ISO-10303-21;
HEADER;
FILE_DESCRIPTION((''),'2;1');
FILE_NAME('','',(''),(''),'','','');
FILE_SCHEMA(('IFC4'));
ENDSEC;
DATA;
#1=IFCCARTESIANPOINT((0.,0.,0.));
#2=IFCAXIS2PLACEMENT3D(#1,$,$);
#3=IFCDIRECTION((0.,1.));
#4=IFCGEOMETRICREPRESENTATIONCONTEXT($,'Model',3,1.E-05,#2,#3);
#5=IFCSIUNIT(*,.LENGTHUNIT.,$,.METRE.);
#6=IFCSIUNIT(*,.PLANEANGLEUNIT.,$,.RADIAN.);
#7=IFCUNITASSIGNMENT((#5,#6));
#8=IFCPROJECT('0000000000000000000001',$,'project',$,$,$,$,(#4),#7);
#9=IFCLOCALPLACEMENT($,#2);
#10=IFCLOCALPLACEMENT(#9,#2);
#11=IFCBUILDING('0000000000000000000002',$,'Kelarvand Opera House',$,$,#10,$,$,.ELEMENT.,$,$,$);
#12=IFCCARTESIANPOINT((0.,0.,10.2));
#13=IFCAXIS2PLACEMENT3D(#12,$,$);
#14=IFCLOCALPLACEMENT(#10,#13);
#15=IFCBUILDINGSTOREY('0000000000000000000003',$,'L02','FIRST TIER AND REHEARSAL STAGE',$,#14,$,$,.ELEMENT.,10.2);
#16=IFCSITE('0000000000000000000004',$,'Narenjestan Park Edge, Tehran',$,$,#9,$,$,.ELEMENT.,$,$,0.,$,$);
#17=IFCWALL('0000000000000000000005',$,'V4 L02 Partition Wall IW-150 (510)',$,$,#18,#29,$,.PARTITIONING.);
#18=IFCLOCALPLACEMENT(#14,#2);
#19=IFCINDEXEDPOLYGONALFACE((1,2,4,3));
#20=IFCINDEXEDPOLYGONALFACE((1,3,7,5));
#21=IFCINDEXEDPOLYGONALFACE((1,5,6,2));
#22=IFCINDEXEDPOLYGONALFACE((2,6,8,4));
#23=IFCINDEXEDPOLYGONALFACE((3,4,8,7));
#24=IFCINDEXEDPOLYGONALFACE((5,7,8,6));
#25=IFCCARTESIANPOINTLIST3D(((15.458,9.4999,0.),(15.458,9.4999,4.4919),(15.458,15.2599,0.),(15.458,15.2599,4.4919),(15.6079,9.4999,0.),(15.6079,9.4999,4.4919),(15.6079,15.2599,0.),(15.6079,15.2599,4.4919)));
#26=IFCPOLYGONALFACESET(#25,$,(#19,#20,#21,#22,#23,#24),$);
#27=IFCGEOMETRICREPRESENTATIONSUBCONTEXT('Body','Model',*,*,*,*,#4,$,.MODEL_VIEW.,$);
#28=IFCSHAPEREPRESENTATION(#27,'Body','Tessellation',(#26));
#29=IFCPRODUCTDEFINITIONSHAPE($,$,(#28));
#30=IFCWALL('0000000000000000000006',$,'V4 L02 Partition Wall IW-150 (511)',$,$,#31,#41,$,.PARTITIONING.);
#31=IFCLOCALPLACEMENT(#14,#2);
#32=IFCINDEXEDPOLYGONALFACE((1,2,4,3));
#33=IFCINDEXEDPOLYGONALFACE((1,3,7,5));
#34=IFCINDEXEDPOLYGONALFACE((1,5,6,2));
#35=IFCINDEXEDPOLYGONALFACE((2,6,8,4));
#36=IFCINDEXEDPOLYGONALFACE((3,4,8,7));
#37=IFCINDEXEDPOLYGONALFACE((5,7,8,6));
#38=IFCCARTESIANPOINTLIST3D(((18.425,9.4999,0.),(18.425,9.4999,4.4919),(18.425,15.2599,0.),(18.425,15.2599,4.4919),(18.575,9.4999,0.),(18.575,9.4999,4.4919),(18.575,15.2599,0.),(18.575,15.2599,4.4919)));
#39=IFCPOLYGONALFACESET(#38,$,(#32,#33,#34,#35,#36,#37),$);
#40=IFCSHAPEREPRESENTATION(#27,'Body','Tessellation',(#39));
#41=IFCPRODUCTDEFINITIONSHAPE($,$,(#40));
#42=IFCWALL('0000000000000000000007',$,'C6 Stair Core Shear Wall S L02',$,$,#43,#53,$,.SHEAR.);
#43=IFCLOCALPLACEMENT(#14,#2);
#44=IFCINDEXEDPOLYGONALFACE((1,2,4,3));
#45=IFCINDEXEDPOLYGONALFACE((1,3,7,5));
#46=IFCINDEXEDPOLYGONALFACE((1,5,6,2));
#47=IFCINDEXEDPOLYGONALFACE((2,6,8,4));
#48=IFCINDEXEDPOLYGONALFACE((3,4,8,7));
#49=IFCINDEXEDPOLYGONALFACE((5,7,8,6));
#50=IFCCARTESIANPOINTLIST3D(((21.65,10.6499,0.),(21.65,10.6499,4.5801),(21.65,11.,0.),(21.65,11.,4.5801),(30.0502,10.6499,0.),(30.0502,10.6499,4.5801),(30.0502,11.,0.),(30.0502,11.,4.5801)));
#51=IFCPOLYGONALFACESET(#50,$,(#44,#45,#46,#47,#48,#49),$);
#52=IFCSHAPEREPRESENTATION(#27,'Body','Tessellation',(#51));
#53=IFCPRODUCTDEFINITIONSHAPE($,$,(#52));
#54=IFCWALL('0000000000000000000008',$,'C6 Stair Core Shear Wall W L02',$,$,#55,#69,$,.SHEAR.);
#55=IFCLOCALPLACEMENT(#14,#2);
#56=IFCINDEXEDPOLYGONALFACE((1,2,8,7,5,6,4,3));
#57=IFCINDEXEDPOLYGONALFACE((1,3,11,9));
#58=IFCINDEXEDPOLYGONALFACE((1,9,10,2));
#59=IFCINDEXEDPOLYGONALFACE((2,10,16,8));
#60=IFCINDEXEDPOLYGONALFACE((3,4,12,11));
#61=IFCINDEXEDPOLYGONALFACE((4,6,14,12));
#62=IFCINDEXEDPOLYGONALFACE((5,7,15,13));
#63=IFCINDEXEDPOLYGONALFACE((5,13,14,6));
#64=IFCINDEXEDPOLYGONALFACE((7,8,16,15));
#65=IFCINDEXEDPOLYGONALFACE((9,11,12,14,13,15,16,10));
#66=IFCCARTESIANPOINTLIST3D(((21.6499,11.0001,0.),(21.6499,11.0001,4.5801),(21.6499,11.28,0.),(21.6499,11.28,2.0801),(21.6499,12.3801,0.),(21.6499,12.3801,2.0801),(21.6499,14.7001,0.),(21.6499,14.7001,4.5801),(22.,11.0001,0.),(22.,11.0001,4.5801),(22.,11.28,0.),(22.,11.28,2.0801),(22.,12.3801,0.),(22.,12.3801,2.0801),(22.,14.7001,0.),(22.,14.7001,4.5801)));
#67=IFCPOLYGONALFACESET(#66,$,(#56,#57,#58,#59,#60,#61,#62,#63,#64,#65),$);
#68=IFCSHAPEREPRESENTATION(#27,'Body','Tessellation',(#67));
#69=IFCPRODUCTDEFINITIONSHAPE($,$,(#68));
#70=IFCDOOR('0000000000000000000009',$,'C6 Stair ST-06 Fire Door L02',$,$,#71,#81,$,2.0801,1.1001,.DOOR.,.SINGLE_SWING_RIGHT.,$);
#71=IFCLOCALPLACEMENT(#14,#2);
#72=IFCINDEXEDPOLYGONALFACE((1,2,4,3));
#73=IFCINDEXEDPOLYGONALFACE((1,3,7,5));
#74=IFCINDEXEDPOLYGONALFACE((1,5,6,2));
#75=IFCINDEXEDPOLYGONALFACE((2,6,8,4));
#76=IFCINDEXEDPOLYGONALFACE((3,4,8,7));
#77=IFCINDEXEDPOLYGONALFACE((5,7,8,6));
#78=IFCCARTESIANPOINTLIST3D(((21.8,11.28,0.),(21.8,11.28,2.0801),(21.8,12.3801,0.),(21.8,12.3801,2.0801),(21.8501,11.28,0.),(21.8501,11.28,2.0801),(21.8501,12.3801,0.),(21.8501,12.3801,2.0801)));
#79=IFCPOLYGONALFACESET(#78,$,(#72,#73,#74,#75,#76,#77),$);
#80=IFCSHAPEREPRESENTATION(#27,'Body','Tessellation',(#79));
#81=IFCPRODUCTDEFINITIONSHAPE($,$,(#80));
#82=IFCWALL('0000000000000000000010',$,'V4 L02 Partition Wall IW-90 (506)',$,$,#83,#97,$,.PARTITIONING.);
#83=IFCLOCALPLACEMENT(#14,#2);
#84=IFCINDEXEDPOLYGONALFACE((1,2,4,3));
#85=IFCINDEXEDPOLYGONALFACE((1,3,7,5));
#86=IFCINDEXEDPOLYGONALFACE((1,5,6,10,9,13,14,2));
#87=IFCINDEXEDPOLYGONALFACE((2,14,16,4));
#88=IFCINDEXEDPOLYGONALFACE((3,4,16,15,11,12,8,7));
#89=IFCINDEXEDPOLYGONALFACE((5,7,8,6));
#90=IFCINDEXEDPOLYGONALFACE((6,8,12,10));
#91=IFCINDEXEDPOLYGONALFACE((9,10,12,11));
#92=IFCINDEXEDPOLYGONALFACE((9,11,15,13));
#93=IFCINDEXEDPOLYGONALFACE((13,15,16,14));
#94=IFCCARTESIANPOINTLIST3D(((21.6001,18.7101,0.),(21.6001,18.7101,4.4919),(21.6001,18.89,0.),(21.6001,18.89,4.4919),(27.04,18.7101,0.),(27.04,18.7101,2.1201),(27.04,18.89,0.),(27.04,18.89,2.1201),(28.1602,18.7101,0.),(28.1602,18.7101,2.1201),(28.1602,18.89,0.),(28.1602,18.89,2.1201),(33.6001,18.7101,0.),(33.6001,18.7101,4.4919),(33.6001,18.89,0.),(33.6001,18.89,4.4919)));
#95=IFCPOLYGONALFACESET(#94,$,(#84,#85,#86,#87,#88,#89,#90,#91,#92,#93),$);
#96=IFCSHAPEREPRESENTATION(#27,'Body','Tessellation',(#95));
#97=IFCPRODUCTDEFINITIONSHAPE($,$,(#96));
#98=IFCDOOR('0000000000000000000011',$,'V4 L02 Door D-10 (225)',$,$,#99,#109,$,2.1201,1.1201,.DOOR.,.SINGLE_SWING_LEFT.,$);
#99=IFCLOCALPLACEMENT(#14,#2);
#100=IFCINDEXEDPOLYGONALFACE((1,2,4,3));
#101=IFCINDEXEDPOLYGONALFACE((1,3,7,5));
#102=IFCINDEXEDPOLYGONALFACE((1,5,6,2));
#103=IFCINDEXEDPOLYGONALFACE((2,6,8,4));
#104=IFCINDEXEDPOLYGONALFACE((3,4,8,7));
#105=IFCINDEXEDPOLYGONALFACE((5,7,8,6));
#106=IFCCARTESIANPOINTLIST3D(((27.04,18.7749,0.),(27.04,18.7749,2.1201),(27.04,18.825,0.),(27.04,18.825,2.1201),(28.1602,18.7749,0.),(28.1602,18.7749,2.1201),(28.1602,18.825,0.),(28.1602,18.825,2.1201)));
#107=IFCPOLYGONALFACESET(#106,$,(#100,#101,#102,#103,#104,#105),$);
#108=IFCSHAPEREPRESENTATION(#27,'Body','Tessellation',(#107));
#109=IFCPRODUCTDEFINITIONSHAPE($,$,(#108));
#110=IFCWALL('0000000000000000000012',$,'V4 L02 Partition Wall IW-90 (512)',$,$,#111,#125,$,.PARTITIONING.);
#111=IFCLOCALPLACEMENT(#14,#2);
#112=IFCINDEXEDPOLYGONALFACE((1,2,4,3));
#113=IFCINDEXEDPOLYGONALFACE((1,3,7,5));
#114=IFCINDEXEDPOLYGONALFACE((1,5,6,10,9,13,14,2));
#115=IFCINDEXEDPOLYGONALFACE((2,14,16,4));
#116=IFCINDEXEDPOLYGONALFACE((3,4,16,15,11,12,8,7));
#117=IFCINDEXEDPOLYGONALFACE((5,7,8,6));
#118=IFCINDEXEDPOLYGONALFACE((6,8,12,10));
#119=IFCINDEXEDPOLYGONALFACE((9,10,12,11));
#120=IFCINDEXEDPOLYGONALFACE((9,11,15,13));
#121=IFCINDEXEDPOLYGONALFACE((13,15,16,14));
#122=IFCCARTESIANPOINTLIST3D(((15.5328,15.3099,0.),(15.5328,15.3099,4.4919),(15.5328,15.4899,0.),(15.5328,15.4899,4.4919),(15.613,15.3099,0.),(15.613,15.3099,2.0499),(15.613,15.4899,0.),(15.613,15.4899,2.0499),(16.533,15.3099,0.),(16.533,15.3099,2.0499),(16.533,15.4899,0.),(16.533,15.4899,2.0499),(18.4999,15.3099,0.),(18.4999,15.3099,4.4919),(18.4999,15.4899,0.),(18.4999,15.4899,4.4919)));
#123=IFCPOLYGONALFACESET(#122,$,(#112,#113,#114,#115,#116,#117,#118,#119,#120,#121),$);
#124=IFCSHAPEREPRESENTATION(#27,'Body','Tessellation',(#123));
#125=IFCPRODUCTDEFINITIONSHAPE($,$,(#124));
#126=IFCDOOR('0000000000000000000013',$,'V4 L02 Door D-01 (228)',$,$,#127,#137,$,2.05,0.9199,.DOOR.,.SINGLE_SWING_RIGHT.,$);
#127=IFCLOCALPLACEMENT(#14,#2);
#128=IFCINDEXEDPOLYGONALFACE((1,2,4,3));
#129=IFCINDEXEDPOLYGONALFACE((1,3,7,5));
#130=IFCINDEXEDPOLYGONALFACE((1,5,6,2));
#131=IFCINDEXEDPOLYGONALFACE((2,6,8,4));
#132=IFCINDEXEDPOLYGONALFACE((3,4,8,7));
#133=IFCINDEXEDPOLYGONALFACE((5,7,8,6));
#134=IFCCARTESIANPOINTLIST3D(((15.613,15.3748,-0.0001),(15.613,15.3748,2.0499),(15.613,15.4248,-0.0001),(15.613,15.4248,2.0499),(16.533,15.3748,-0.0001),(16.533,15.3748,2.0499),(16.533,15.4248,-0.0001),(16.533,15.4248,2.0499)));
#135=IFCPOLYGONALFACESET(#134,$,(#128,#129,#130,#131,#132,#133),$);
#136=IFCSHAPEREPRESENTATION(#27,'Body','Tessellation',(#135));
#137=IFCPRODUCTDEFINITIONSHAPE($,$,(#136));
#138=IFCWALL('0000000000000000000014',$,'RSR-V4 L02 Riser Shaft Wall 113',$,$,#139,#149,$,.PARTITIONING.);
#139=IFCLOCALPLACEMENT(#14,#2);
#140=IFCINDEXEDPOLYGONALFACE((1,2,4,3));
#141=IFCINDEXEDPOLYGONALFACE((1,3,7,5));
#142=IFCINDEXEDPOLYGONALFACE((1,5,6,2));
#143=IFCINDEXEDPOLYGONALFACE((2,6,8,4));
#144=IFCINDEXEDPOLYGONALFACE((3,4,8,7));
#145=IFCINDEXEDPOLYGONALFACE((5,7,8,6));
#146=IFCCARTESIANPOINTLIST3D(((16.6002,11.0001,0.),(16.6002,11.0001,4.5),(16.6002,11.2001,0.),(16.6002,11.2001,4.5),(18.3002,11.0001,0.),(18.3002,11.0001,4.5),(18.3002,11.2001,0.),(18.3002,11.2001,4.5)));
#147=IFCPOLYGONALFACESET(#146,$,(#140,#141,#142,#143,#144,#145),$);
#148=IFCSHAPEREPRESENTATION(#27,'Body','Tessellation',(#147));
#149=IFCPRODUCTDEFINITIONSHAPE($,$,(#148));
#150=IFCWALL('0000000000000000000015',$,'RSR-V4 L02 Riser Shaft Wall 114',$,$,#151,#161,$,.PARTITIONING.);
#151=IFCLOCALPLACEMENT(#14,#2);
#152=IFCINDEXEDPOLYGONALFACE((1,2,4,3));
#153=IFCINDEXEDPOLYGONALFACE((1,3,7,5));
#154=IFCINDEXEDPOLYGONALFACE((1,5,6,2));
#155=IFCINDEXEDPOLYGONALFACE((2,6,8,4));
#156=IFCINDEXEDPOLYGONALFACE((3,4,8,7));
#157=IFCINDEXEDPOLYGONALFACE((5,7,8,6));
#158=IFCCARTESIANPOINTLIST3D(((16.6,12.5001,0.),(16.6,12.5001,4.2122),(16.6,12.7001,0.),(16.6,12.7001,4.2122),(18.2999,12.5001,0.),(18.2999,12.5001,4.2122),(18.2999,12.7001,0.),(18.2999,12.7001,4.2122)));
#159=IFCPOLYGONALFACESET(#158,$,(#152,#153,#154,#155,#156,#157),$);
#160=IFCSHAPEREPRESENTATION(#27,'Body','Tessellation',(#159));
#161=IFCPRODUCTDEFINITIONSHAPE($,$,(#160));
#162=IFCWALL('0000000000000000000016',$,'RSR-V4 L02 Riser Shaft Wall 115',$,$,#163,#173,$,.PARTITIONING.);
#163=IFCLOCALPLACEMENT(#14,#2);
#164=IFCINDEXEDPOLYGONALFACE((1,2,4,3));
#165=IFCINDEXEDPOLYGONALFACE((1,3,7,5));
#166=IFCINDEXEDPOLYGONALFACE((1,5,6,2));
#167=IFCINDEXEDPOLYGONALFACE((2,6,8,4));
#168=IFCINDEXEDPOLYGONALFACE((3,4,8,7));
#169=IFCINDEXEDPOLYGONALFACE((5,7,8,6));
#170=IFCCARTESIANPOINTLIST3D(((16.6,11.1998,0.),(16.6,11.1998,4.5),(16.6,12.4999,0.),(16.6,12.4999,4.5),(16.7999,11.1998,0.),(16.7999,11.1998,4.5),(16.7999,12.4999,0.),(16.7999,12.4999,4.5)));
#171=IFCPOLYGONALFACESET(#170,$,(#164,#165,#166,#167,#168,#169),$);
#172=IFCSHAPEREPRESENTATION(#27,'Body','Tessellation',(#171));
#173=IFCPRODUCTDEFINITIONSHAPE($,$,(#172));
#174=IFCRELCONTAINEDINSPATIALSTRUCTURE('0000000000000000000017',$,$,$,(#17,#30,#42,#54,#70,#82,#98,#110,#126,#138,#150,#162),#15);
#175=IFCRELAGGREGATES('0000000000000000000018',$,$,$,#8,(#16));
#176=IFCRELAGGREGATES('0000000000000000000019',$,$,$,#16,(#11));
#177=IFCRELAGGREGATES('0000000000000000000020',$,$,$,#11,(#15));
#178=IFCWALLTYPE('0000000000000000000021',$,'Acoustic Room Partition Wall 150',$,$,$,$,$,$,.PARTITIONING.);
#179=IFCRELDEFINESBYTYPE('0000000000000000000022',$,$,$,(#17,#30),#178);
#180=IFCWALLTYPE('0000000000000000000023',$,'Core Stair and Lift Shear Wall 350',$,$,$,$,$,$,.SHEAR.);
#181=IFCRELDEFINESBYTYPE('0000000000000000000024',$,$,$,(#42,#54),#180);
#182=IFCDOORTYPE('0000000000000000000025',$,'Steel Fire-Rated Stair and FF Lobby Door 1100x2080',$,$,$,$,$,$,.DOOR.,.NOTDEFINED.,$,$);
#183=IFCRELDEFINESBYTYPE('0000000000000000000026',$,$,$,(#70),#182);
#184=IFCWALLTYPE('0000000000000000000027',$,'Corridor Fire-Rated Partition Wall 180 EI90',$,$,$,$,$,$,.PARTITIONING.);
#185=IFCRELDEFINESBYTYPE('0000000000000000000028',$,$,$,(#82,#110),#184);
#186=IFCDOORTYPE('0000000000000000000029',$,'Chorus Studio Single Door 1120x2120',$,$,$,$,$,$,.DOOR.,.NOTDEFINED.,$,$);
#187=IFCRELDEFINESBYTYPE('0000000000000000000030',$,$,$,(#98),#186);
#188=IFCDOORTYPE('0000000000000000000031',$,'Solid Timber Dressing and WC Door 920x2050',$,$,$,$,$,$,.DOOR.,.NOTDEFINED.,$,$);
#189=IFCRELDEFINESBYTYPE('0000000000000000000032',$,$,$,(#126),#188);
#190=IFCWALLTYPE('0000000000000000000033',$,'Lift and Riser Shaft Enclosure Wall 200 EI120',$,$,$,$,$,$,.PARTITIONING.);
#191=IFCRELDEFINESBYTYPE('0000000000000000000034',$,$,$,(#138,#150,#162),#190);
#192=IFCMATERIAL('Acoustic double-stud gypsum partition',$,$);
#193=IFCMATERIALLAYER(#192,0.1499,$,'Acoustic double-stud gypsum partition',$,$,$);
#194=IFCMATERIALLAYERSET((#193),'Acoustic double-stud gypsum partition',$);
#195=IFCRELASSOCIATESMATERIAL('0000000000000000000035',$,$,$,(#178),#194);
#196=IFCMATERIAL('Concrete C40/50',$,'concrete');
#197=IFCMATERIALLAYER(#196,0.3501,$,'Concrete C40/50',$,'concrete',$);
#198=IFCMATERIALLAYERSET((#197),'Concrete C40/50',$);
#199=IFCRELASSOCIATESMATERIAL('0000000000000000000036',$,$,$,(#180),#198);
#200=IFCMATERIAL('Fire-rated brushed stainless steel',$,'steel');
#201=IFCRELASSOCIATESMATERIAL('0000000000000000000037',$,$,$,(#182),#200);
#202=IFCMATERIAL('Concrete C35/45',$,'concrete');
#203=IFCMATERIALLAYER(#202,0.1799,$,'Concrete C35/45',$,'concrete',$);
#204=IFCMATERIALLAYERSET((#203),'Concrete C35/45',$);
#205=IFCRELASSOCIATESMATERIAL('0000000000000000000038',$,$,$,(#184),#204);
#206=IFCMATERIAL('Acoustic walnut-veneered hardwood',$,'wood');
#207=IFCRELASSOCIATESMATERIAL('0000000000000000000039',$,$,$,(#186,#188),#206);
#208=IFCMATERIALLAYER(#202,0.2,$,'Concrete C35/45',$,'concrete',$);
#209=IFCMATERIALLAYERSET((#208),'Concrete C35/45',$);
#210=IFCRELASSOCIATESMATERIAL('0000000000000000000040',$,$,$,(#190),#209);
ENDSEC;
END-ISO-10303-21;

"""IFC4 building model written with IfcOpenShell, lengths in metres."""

from ifc_helpers import new_model, si_unit, direction, frame, frame_2d, origin, place, context, subcontext, project, spatial, rectangle, extrude, material, layer, layer_set, type_object, element, fill, save


model = new_model("IFC4")

# Units and contexts
model_context = context("Model", 3, precision=1e-05, world=origin(), true_north=direction((0.0, 1.0)))
body_context = subcontext(model_context, "Body", "Model", "MODEL_VIEW")
ifc_project = project(units=[si_unit("LENGTHUNIT", "METRE"), si_unit("PLANEANGLEUNIT", "RADIAN")], contexts=[model_context])

# Site, building, storey
site_placement = place(None, origin())
site = spatial("IfcSite", under=ifc_project, at=site_placement, Name="Narenjestan Park Edge, Tehran", CompositionType="ELEMENT", RefElevation=0.0)
building_placement = place(site_placement, origin())
building = spatial("IfcBuilding", under=site, at=building_placement, Name="Kelarvand Opera House", CompositionType="ELEMENT")
storey_placement = place(building_placement, frame((0.0, 0.0, 10.2)))
storey = spatial("IfcBuildingStorey", under=building, at=storey_placement, Name="L02", Description="FIRST TIER AND REHEARSAL STAGE", CompositionType="ELEMENT", Elevation=10.2)

# Shared definitions
ifc_material_1 = material(Name="Concrete C40/50", Category="concrete")

# Walls
ifc_material_2 = material(Name="Acoustic double-stud gypsum partition")
ifc_layer_1 = layer(ifc_material_2, 0.1499, Name="Acoustic double-stud gypsum partition")
ifc_layer_set_1 = layer_set([ifc_layer_1], Name="Acoustic double-stud gypsum partition")
wall_type_1 = type_object("IfcWallType", Name="Acoustic Room Partition Wall 150", PredefinedType="PARTITIONING", material=ifc_layer_set_1)
for number, where, z_axis, x_axis, name in (
    (1, (15.533, 9.5, 0.0), (0.0, 0.0, 1.0), (0.0, 1.0, 0.0), "V4 L02 Partition Wall IW-150 (510)"),
    (2, (18.5, 9.5, 0.0), (0.0, 0.0, 1.0), (0.0, 1.0, 0.0), "V4 L02 Partition Wall IW-150 (511)"),
):
    element("IfcWall", number, at=place(storey_placement, frame(where, z_axis=z_axis, x_axis=x_axis)), inside=storey, type_object=wall_type_1, Name=name, PredefinedType="PARTITIONING", context=body_context, shape_type="SweptSolid", body=[
        extrude(rectangle(XDim=5.76, YDim=0.1499, at=frame_2d((2.8799, 0.0))), origin(), (0.0, 0.0, 1.0), 4.4919),
    ])
ifc_layer_2 = layer(ifc_material_1, 0.3501, Name="Concrete C40/50", Category="concrete")
ifc_layer_set_2 = layer_set([ifc_layer_2], Name="Concrete C40/50")
wall_type_2 = type_object("IfcWallType", Name="Core Stair and Lift Shear Wall 350", PredefinedType="SHEAR", material=ifc_layer_set_2)
wall_1_placement = place(storey_placement, frame((21.6499, 10.825, 0.0), z_axis=(0.0, 0.0, 1.0), x_axis=(1.0, 0.0, 0.0)))
element("IfcWall", 3, at=wall_1_placement, inside=storey, type_object=wall_type_2, Name="C6 Stair Core Shear Wall S L02", PredefinedType="SHEAR", context=body_context, shape_type="SweptSolid", body=[
    extrude(rectangle(XDim=8.4001, YDim=0.3501, at=frame_2d((4.2002, 0.0))), origin(), (0.0, 0.0, 1.0), 4.5801),
])

# Walls, openings, doors
wall_2_placement = place(storey_placement, frame((21.825, 11.0, 0.0), z_axis=(0.0, 0.0, 1.0), x_axis=(0.0, 1.0, 0.0)))
wall_2 = element("IfcWall", 4, at=wall_2_placement, inside=storey, type_object=wall_type_2, Name="C6 Stair Core Shear Wall W L02", PredefinedType="SHEAR", context=body_context, shape_type="SweptSolid", body=[
    extrude(rectangle(XDim=3.7, YDim=0.3501, at=frame_2d((1.8501, 0.0))), origin(), (0.0, 0.0, 1.0), 4.5801),
])
opening_1_placement = place(wall_2_placement, frame((0.28, 0.0, 0.0)))
opening_1 = element("IfcOpeningElement", 5, at=opening_1_placement, cuts=wall_2, PredefinedType="OPENING", context=body_context, shape_type="SweptSolid", body=[
    extrude(rectangle(XDim=1.1001, YDim=2.0801, at=frame_2d((0.55, 1.04))), frame((0.0, 0.1851, 0.0), z_axis=(0.0, -1.0, 0.0), x_axis=(1.0, 0.0, 0.0)), (0.0, 0.0, 1.0), 0.3701),
])
ifc_material_3 = material(Name="Fire-rated brushed stainless steel", Category="steel")
door_type_1 = type_object("IfcDoorType", Name="Steel Fire-Rated Stair and FF Lobby Door 1100x2080", OperationType="NOTDEFINED", PredefinedType="DOOR", material=ifc_material_3)
door_1_placement = place(opening_1_placement, origin())
door_1 = element("IfcDoor", 6, at=door_1_placement, inside=storey, type_object=door_type_1, Name="C6 Stair ST-06 Fire Door L02", OperationType="SINGLE_SWING_RIGHT", OverallHeight=2.0801, OverallWidth=1.1001, PredefinedType="DOOR", context=body_context, shape_type="SweptSolid", body=[
    extrude(rectangle(XDim=1.1001, YDim=2.0801, at=frame_2d((0.55, 1.04))), frame((0.0, 0.0249, 0.0), z_axis=(0.0, -1.0, 0.0), x_axis=(1.0, 0.0, 0.0)), (0.0, 0.0, 1.0), 0.05),
])
fill(opening_1, door_1)
ifc_material_4 = material(Name="Concrete C35/45", Category="concrete")
ifc_layer_3 = layer(ifc_material_4, 0.1799, Name="Concrete C35/45", Category="concrete")
ifc_layer_set_3 = layer_set([ifc_layer_3], Name="Concrete C35/45")
wall_type_3 = type_object("IfcWallType", Name="Corridor Fire-Rated Partition Wall 180 EI90", PredefinedType="PARTITIONING", material=ifc_layer_set_3)
wall_3_placement = place(storey_placement, frame((21.6001, 18.8, 0.0), z_axis=(0.0, 0.0, 1.0), x_axis=(1.0, 0.0, 0.0)))
wall_3 = element("IfcWall", 7, at=wall_3_placement, inside=storey, type_object=wall_type_3, Name="V4 L02 Partition Wall IW-90 (506)", PredefinedType="PARTITIONING", context=body_context, shape_type="SweptSolid", body=[
    extrude(rectangle(XDim=12.0, YDim=0.1799, at=frame_2d((6.0, 0.0))), origin(), (0.0, 0.0, 1.0), 4.4919),
])
opening_2_placement = place(wall_3_placement, frame((5.4399, 0.0, 0.0)))
opening_2 = element("IfcOpeningElement", 8, at=opening_2_placement, cuts=wall_3, PredefinedType="OPENING", context=body_context, shape_type="SweptSolid", body=[
    extrude(rectangle(XDim=1.1201, YDim=2.1201, at=frame_2d((0.5601, 1.0601))), frame((0.0, 0.1001, 0.0), z_axis=(0.0, -1.0, 0.0), x_axis=(1.0, 0.0, 0.0)), (0.0, 0.0, 1.0), 0.2),
])
ifc_material_5 = material(Name="Acoustic walnut-veneered hardwood", Category="wood")
door_type_2 = type_object("IfcDoorType", Name="Chorus Studio Single Door 1120x2120", OperationType="NOTDEFINED", PredefinedType="DOOR", material=ifc_material_5)
door_2_placement = place(opening_2_placement, origin())
door_2 = element("IfcDoor", 9, at=door_2_placement, inside=storey, type_object=door_type_2, Name="V4 L02 Door D-10 (225)", OperationType="SINGLE_SWING_LEFT", OverallHeight=2.1201, OverallWidth=1.1201, PredefinedType="DOOR", context=body_context, shape_type="SweptSolid", body=[
    extrude(rectangle(XDim=1.1201, YDim=2.1201, at=frame_2d((0.5601, 1.0601))), frame((0.0, 0.0249, 0.0), z_axis=(0.0, -1.0, 0.0), x_axis=(1.0, 0.0, 0.0)), (0.0, 0.0, 1.0), 0.05),
])
fill(opening_2, door_2)
wall_4_placement = place(storey_placement, frame((15.533, 15.3999, 0.0), z_axis=(0.0, 0.0, 1.0), x_axis=(1.0, 0.0, 0.0)))
wall_4 = element("IfcWall", 10, at=wall_4_placement, inside=storey, type_object=wall_type_3, Name="V4 L02 Partition Wall IW-90 (512)", PredefinedType="PARTITIONING", context=body_context, shape_type="SweptSolid", body=[
    extrude(rectangle(XDim=2.967, YDim=0.1799, at=frame_2d((1.4834, 0.0))), origin(), (0.0, 0.0, 1.0), 4.4919),
])
opening_3_placement = place(wall_4_placement, frame((0.0801, 0.0, 0.0)))
opening_3 = element("IfcOpeningElement", 11, at=opening_3_placement, cuts=wall_4, PredefinedType="OPENING", context=body_context, shape_type="SweptSolid", body=[
    extrude(rectangle(XDim=0.9199, YDim=2.05, at=frame_2d((0.46, 1.0249))), frame((0.0, 0.1001, 0.0), z_axis=(0.0, -1.0, 0.0), x_axis=(1.0, 0.0, 0.0)), (0.0, 0.0, 1.0), 0.2),
])
door_type_3 = type_object("IfcDoorType", Name="Solid Timber Dressing and WC Door 920x2050", OperationType="NOTDEFINED", PredefinedType="DOOR", material=ifc_material_5)
door_3_placement = place(opening_3_placement, origin())
door_3 = element("IfcDoor", 12, at=door_3_placement, inside=storey, type_object=door_type_3, Name="V4 L02 Door D-01 (228)", OperationType="SINGLE_SWING_RIGHT", OverallHeight=2.05, OverallWidth=0.9199, PredefinedType="DOOR", context=body_context, shape_type="SweptSolid", body=[
    extrude(rectangle(XDim=0.9199, YDim=2.05, at=frame_2d((0.46, 1.0249))), frame((0.0, 0.0249, 0.0), z_axis=(0.0, -1.0, 0.0), x_axis=(1.0, 0.0, 0.0)), (0.0, 0.0, 1.0), 0.05),
])
fill(opening_3, door_3)

# Walls
ifc_layer_4 = layer(ifc_material_4, 0.2, Name="Concrete C35/45", Category="concrete")
ifc_layer_set_4 = layer_set([ifc_layer_4], Name="Concrete C35/45")
wall_type_4 = type_object("IfcWallType", Name="Lift and Riser Shaft Enclosure Wall 200 EI120", PredefinedType="PARTITIONING", material=ifc_layer_set_4)
wall_5_placement = place(storey_placement, frame((16.6001, 11.1001, 0.0), z_axis=(0.0, 0.0, 1.0), x_axis=(1.0, 0.0, 0.0)))
element("IfcWall", 13, at=wall_5_placement, inside=storey, type_object=wall_type_4, Name="RSR-V4 L02 Riser Shaft Wall 113", PredefinedType="PARTITIONING", context=body_context, shape_type="SweptSolid", body=[
    extrude(rectangle(XDim=1.7, YDim=0.2, at=frame_2d((0.8501, 0.0))), origin(), (0.0, 0.0, 1.0), 4.5),
])
wall_6_placement = place(storey_placement, frame((18.3, 12.6001, 0.0), z_axis=(0.0, 0.0, 1.0), x_axis=(-1.0, 0.0, 0.0)))
element("IfcWall", 14, at=wall_6_placement, inside=storey, type_object=wall_type_4, Name="RSR-V4 L02 Riser Shaft Wall 114", PredefinedType="PARTITIONING", context=body_context, shape_type="SweptSolid", body=[
    extrude(rectangle(XDim=1.7, YDim=0.2, at=frame_2d((0.8501, 0.0))), origin(), (0.0, 0.0, 1.0), 4.2122),
])
for number, where, z_axis, x_axis, name in (
    (15, (16.7, 11.2, 0.0), (0.0, 0.0, 1.0), (0.0, 1.0, 0.0), "RSR-V4 L02 Riser Shaft Wall 115"),
):
    element("IfcWall", number, at=place(storey_placement, frame(where, z_axis=z_axis, x_axis=x_axis)), inside=storey, type_object=wall_type_4, Name=name, PredefinedType="PARTITIONING", context=body_context, shape_type="SweptSolid", body=[
        extrude(rectangle(XDim=1.3, YDim=0.2, at=frame_2d((0.6499, 0.0))), origin(), (0.0, 0.0, 1.0), 4.5),
    ])

save(model, "model.ifc")
